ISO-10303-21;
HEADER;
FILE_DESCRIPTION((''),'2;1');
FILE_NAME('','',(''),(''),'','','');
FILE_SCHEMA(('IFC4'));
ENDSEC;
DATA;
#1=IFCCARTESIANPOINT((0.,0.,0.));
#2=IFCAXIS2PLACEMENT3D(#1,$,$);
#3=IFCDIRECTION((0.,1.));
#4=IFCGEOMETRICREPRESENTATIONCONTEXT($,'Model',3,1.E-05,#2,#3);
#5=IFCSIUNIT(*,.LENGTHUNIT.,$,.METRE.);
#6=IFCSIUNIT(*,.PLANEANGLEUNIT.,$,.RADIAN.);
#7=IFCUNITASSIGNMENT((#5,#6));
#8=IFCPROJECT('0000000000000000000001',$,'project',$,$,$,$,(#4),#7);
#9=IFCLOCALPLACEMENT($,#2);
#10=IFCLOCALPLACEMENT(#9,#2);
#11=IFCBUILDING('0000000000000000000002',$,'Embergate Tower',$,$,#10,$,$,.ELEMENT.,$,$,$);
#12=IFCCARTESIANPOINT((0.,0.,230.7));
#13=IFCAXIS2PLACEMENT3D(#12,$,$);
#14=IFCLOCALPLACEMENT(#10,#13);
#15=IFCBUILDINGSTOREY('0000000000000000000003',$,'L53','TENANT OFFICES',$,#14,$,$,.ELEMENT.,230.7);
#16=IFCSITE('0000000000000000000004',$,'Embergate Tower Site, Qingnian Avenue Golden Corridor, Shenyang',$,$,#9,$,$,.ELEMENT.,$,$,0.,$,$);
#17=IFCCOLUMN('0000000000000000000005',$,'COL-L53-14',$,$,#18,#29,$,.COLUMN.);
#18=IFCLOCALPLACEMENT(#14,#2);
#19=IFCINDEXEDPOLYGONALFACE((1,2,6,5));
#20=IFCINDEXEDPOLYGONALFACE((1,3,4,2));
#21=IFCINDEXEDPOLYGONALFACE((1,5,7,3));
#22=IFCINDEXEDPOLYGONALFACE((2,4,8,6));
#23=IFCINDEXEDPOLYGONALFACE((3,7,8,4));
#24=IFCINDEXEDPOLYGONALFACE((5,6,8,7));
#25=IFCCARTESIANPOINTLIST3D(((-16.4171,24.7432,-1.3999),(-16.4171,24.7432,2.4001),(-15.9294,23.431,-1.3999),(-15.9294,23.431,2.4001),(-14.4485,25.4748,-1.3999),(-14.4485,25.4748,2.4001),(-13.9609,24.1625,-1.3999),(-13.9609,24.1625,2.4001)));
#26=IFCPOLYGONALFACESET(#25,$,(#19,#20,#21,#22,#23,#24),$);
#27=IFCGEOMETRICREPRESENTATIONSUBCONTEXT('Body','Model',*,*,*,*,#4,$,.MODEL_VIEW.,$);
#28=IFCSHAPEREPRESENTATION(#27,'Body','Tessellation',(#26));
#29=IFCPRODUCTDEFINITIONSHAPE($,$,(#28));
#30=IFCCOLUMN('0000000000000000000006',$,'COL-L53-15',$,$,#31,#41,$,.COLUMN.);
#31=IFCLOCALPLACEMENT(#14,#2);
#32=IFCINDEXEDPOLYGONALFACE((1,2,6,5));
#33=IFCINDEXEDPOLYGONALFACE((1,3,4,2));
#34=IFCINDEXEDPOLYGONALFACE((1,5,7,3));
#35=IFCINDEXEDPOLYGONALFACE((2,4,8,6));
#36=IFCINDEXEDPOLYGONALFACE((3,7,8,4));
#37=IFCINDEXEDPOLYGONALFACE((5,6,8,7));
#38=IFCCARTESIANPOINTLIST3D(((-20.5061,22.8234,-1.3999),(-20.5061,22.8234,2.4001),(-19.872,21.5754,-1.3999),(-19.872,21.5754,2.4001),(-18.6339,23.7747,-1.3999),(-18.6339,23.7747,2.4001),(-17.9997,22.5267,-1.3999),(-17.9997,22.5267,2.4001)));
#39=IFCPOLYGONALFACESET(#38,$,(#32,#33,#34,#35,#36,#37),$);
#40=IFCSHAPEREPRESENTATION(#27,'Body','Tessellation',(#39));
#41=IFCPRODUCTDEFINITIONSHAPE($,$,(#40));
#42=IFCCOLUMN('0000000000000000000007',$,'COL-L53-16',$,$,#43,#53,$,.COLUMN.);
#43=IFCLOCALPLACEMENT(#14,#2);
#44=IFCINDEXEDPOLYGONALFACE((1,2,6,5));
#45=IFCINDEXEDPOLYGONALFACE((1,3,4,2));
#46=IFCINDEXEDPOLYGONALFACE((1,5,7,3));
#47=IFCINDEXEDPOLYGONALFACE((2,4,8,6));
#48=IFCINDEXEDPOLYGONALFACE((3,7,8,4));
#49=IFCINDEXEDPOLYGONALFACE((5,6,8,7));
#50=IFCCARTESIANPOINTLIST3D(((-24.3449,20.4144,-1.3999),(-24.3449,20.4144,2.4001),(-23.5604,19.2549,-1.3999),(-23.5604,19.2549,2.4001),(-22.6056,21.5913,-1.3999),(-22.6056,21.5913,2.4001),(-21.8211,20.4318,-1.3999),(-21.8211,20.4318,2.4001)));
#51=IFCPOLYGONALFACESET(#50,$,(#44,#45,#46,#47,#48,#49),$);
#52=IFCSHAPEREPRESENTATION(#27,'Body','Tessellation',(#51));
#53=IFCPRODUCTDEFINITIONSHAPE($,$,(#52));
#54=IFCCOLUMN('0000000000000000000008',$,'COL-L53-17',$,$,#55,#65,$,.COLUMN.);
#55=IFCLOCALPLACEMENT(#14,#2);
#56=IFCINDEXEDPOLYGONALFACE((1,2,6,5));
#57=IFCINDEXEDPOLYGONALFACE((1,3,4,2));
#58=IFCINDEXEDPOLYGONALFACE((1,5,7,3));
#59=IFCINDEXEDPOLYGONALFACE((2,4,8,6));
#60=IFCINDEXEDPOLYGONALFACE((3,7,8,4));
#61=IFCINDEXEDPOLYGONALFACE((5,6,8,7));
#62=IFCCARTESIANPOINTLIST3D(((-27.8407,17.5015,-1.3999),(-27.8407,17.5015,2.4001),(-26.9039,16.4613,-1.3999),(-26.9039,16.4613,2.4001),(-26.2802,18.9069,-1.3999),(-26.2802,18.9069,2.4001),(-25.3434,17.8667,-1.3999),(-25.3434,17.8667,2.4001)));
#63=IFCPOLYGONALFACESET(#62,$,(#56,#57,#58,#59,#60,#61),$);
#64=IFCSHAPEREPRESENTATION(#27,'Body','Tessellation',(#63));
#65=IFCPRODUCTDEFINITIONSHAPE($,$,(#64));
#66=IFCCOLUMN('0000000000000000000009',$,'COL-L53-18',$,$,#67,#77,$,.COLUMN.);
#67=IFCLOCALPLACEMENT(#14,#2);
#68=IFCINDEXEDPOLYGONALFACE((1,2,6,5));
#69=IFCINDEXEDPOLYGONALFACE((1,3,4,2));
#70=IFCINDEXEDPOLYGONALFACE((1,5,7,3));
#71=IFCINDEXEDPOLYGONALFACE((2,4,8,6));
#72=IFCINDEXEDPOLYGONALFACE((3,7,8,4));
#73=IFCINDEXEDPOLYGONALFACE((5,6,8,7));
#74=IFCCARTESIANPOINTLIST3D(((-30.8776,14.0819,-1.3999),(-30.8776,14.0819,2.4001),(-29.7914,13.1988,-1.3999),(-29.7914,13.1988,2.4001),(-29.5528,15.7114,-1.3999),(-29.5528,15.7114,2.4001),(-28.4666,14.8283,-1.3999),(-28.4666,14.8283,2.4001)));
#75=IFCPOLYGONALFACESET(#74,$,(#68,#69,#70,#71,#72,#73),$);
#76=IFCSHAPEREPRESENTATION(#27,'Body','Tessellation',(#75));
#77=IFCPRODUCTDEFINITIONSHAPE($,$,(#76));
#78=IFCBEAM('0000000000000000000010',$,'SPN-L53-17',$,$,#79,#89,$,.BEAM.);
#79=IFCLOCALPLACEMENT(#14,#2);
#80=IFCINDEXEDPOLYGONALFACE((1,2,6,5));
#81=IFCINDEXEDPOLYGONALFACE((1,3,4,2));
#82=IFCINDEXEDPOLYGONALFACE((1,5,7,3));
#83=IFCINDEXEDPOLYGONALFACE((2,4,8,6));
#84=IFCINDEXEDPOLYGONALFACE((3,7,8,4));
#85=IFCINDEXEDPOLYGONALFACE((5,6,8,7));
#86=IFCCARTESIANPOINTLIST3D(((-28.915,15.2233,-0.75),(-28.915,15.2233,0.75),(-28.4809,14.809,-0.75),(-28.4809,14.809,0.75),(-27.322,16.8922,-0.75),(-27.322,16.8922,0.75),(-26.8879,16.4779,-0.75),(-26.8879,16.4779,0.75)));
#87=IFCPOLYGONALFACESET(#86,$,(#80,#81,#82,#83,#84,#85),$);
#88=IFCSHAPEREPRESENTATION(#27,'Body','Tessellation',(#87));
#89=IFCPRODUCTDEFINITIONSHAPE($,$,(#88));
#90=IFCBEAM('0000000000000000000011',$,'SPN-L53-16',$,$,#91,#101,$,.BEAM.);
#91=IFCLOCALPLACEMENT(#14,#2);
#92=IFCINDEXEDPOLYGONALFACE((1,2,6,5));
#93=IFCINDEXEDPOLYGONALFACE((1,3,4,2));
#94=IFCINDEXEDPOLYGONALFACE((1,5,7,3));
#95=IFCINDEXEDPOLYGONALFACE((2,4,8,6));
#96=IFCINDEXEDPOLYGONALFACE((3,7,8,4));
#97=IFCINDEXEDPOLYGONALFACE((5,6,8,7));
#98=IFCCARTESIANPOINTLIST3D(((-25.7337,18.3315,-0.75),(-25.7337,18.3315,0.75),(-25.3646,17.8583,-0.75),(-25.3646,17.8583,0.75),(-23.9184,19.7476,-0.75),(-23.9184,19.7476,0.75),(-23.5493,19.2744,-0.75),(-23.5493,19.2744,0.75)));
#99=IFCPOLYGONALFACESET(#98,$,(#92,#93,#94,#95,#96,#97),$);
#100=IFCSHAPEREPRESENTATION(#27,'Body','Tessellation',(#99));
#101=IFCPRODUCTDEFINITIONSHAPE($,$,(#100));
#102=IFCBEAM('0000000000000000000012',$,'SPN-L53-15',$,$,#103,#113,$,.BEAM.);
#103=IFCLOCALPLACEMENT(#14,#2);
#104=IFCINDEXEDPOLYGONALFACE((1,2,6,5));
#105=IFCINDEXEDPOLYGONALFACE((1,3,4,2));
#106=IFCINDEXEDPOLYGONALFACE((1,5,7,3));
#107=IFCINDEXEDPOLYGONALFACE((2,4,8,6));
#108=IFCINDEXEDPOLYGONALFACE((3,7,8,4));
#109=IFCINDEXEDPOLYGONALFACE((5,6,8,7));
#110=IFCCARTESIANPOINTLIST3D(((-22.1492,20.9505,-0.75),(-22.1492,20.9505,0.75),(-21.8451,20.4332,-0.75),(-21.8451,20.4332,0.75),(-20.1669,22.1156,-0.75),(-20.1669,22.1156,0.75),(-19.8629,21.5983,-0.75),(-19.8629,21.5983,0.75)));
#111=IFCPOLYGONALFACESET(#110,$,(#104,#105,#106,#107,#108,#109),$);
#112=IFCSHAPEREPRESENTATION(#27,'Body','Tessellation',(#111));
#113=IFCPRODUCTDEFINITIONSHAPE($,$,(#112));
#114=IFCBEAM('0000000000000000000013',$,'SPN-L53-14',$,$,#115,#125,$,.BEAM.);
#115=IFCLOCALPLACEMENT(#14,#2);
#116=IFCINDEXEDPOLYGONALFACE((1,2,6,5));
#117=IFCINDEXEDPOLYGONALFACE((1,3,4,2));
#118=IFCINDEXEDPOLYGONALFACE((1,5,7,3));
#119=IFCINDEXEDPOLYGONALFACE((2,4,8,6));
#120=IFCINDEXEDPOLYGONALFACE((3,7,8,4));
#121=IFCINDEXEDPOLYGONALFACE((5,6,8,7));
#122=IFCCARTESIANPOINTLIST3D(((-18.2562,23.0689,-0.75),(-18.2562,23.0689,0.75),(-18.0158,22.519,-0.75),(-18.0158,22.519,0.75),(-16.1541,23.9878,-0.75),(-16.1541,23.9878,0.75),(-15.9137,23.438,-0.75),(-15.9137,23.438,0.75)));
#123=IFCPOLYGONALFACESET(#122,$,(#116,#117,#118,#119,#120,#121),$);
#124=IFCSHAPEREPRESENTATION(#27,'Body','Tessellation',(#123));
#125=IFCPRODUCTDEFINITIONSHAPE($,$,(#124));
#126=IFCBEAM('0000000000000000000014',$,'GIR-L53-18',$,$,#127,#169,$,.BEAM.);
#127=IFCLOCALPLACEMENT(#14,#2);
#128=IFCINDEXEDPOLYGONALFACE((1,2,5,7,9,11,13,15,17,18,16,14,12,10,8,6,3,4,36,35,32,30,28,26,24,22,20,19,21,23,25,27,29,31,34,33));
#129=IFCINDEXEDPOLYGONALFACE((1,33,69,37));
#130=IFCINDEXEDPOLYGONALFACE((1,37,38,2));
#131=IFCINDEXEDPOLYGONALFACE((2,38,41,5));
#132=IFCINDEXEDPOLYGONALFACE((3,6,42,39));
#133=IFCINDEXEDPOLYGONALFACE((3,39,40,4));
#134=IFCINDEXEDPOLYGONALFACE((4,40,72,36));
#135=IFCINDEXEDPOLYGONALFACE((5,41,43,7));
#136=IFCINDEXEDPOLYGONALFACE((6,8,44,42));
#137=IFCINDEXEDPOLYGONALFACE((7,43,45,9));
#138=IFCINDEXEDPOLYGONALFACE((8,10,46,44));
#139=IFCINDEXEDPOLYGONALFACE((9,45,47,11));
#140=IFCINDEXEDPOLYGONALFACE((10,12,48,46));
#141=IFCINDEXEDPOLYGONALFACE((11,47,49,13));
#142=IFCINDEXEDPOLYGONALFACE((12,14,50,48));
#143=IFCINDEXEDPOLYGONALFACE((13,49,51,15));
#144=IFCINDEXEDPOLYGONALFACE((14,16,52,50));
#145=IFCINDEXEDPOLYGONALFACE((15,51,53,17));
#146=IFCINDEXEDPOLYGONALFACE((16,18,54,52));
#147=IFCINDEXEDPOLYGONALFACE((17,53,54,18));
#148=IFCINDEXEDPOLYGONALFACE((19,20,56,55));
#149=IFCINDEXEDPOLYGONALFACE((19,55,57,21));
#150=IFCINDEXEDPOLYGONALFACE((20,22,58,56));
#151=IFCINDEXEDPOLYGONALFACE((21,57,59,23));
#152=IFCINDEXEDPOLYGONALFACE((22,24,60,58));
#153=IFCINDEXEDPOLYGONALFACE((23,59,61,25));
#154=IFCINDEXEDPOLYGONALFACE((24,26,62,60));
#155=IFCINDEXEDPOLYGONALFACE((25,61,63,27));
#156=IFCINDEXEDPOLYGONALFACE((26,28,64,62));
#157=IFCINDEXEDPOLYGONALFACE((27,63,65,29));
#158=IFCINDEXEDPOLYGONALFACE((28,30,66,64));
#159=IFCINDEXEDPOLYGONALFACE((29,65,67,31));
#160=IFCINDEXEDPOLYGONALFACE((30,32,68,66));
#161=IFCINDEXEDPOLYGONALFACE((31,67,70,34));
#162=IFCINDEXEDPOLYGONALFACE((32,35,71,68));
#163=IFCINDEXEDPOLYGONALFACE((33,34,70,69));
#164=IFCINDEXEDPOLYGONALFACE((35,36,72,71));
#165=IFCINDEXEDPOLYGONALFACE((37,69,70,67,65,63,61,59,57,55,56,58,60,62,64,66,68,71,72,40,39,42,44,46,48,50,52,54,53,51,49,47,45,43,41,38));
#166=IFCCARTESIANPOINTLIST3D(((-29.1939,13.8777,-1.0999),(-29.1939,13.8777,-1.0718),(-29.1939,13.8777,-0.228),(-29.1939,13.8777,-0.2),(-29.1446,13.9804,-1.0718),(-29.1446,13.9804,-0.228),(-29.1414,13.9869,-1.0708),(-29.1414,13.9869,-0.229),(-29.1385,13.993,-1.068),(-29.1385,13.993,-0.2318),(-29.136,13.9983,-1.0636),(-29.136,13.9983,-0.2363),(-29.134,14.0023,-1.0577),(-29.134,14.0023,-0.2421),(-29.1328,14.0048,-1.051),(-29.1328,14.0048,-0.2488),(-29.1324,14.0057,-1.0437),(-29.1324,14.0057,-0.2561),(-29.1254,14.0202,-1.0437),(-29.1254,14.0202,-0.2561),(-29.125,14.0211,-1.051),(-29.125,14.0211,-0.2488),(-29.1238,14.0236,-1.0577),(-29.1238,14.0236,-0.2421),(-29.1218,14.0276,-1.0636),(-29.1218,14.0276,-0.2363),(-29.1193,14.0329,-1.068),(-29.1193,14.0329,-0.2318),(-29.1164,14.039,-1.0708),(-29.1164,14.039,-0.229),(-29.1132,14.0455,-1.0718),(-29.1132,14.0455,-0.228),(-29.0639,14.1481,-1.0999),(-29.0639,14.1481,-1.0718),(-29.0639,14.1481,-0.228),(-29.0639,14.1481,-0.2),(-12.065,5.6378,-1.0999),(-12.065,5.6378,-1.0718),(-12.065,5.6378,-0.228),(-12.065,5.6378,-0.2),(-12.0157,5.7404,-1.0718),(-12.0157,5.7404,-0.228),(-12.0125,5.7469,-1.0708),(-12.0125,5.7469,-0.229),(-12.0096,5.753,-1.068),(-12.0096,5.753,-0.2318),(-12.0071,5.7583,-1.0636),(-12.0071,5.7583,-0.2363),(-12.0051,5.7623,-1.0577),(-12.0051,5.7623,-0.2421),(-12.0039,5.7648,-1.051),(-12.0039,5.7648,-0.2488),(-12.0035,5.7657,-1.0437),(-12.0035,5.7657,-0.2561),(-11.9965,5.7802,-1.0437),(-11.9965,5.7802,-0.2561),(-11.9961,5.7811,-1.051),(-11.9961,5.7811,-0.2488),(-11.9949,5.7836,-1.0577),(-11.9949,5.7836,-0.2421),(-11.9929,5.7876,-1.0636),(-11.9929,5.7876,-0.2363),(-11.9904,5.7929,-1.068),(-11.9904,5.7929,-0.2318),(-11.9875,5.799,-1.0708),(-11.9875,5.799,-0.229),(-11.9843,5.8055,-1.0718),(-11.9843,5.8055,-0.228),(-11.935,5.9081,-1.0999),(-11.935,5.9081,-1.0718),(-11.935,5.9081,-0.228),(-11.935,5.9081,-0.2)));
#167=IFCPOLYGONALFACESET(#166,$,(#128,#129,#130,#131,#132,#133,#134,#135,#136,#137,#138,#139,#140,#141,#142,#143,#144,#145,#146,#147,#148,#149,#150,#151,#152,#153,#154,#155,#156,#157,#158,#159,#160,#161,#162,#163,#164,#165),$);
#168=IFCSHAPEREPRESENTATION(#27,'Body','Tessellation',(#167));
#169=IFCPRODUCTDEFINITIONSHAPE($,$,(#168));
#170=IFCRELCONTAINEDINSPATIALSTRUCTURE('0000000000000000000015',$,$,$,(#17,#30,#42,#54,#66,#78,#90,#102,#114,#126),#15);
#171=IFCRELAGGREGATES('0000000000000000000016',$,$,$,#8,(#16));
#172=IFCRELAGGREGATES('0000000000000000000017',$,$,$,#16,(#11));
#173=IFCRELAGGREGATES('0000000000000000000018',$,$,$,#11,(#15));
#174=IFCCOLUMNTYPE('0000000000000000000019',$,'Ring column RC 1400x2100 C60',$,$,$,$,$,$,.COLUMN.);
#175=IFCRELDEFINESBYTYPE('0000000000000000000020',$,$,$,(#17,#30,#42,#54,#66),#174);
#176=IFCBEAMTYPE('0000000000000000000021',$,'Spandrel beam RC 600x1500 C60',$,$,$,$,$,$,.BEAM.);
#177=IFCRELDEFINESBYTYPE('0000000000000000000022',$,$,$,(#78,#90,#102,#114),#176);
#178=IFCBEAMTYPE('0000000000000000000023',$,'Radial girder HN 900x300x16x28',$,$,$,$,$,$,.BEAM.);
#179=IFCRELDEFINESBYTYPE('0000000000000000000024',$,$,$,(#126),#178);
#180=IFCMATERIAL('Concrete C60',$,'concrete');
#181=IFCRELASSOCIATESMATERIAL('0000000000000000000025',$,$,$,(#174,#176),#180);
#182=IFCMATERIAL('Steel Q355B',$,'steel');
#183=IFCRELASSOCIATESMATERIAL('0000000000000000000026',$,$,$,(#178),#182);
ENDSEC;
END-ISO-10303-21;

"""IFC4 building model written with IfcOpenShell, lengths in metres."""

from ifc_helpers import new_model, si_unit, direction, frame, origin, origin_2d, place, context, subcontext, project, spatial, rectangle, i_section, extrude, source, transform, mapped, material, material_profile, profile_set, type_object, element, save


model = new_model("IFC4")

# Units and contexts
model_context = context("Model", 3, precision=1e-05, world=origin(), true_north=direction((0.0, 1.0)))
body_context = subcontext(model_context, "Body", "Model", "MODEL_VIEW")
ifc_project = project(units=[si_unit("LENGTHUNIT", "METRE"), si_unit("PLANEANGLEUNIT", "RADIAN")], contexts=[model_context])

# Site, building, storey
site_placement = place(None, origin())
site = spatial("IfcSite", under=ifc_project, at=site_placement, Name="Embergate Tower Site, Qingnian Avenue Golden Corridor, Shenyang", CompositionType="ELEMENT", RefElevation=0.0)
building_placement = place(site_placement, origin())
building = spatial("IfcBuilding", under=site, at=building_placement, Name="Embergate Tower", CompositionType="ELEMENT")
storey_placement = place(building_placement, frame((0.0, 0.0, 230.7)))
storey = spatial("IfcBuildingStorey", under=building, at=storey_placement, Name="L53", Description="TENANT OFFICES", CompositionType="ELEMENT", Elevation=230.7)

# Columns
ifc_material_1 = material(Name="Concrete C60", Category="concrete")
ifc_material_profile_1 = material_profile(ifc_material_1, rectangle(XDim=1.3999, YDim=2.1001, at=origin_2d()), Name="RC 1400x2100")
ifc_profile_set_1 = profile_set([ifc_material_profile_1], Name="Concrete C60")
column_type = type_object("IfcColumnType", Name="Ring column RC 1400x2100 C60", PredefinedType="COLUMN", material=ifc_profile_set_1)
shared_shape_1 = source(origin(), body_context, "Body", "SweptSolid", [
    extrude(rectangle(XDim=1.3999, YDim=2.1001, at=origin_2d()), origin(), (0.0, 0.0, 1.0), 3.8),
])
for number, where, z_axis, x_axis, name in (
    (1, (-15.189, 24.4529, -1.3999), (0.0, 0.0, 1.0), (-0.348343, 0.937367, 0.0), "COL-L53-14"),
    (2, (-19.2529, 22.675, -1.3999), (0.0, 0.0, 1.0), (-0.453011, 0.891505, 0.0), "COL-L53-15"),
    (3, (-23.083, 20.4231, -1.3999), (0.0, 0.0, 1.0), (-0.560393, 0.828227, 0.0), "COL-L53-16"),
    (4, (-26.592, 17.6841, -1.3999), (0.0, 0.0, 1.0), (-0.669221, 0.743063, 0.0), "COL-L53-17"),
    (5, (-29.6721, 14.4551, -1.3999), (0.0, 0.0, 1.0), (-0.775925, 0.630825, 0.0), "COL-L53-18"),
):
    element("IfcColumn", number, at=place(storey_placement, frame(where, z_axis=z_axis, x_axis=x_axis)), inside=storey, type_object=column_type, Name=name, PredefinedType="COLUMN", context=body_context, shape_type="MappedRepresentation", body=[
        mapped(shared_shape_1, transform((0.0, 0.0, 0.0))),
    ])

# Beams
ifc_material_profile_2 = material_profile(ifc_material_1, rectangle(XDim=0.6001, YDim=1.5, at=origin_2d()), Name="RC 600x1500")
ifc_profile_set_2 = profile_set([ifc_material_profile_2], Name="Concrete C60")
beam_type_1 = type_object("IfcBeamType", Name="Spandrel beam RC 600x1500 C60", PredefinedType="BEAM", material=ifc_profile_set_2)
shared_shape_2 = source(origin(), body_context, "Body", "SweptSolid", [
    extrude(rectangle(XDim=0.6001, YDim=1.5, at=origin_2d()), origin(), (0.0, 0.0, 1.0), 2.3071),
])
beam_1_placement = place(storey_placement, frame((-27.105, 16.6851, 0.0), z_axis=(-0.690461, -0.72337, 0.0), x_axis=(0.72337, -0.690461, 0.0)))
element("IfcBeam", 6, at=beam_1_placement, inside=storey, type_object=beam_type_1, Name="SPN-L53-17", PredefinedType="BEAM", context=body_context, shape_type="MappedRepresentation", body=[
    mapped(shared_shape_2, transform((0.0, 0.0, 0.0))),
])
shared_shape_3 = source(origin(), body_context, "Body", "SweptSolid", [
    extrude(rectangle(XDim=0.6001, YDim=1.5, at=origin_2d()), origin(), (0.0, 0.0, 1.0), 2.3022),
])
beam_2_placement = place(storey_placement, frame((-23.7339, 19.511, 0.0), z_axis=(-0.788466, -0.615078, 0.0), x_axis=(0.615078, -0.788466, 0.0)))
element("IfcBeam", 7, at=beam_2_placement, inside=storey, type_object=beam_type_1, Name="SPN-L53-16", PredefinedType="BEAM", context=body_context, shape_type="MappedRepresentation", body=[
    mapped(shared_shape_3, transform((0.0, 0.0, 0.0))),
])
shared_shape_4 = source(origin(), body_context, "Body", "SweptSolid", [
    extrude(rectangle(XDim=0.6001, YDim=1.5, at=origin_2d()), origin(), (0.0, 0.0, 1.0), 2.2993),
])
beam_3_placement = place(storey_placement, frame((-20.0149, 21.8569, 0.0), z_axis=(-0.862114, -0.506714, 0.0), x_axis=(0.506714, -0.862114, 0.0)))
element("IfcBeam", 8, at=beam_3_placement, inside=storey, type_object=beam_type_1, Name="SPN-L53-15", PredefinedType="BEAM", context=body_context, shape_type="MappedRepresentation", body=[
    mapped(shared_shape_4, transform((0.0, 0.0, 0.0))),
])
shared_shape_5 = source(origin(), body_context, "Body", "SweptSolid", [
    extrude(rectangle(XDim=0.6001, YDim=1.5, at=origin_2d()), origin(), (0.0, 0.0, 1.0), 2.2942),
])
beam_4_placement = place(storey_placement, frame((-16.0339, 23.7129, 0.0), z_axis=(-0.91627, -0.400562, 0.0), x_axis=(0.400562, -0.91627, 0.0)))
element("IfcBeam", 9, at=beam_4_placement, inside=storey, type_object=beam_type_1, Name="SPN-L53-14", PredefinedType="BEAM", context=body_context, shape_type="MappedRepresentation", body=[
    mapped(shared_shape_5, transform((0.0, 0.0, 0.0))),
])
ifc_material_2 = material(Name="Steel Q355B", Category="steel")
ifc_material_profile_3 = material_profile(ifc_material_2, i_section(OverallWidth=0.3, OverallDepth=0.8999, WebThickness=0.0161, FlangeThickness=0.0281, FilletRadius=0.0281, at=origin_2d()), Name="HN 900x300x16x28")
ifc_profile_set_3 = profile_set([ifc_material_profile_3], Name="Steel Q355 grade B")
beam_type_2 = type_object("IfcBeamType", Name="Radial girder HN 900x300x16x28", PredefinedType="BEAM", material=ifc_profile_set_3)
shared_shape_6 = source(origin(), body_context, "Body", "SweptSolid", [
    extrude(i_section(OverallWidth=0.3, OverallDepth=0.8999, WebThickness=0.0161, FlangeThickness=0.0281, FilletRadius=0.0281, at=origin_2d()), origin(), (0.0, 0.0, 1.0), 19.0078),
])
beam_5_placement = place(storey_placement, frame((-29.1289, 14.0129, -0.6499), z_axis=(0.901151, -0.433505, 0.0), x_axis=(0.433505, 0.901151, 0.0)))
element("IfcBeam", 10, at=beam_5_placement, inside=storey, type_object=beam_type_2, Name="GIR-L53-18", PredefinedType="BEAM", context=body_context, shape_type="MappedRepresentation", body=[
    mapped(shared_shape_6, transform((0.0, 0.0, 0.0))),
])

save(model, "model.ifc")
